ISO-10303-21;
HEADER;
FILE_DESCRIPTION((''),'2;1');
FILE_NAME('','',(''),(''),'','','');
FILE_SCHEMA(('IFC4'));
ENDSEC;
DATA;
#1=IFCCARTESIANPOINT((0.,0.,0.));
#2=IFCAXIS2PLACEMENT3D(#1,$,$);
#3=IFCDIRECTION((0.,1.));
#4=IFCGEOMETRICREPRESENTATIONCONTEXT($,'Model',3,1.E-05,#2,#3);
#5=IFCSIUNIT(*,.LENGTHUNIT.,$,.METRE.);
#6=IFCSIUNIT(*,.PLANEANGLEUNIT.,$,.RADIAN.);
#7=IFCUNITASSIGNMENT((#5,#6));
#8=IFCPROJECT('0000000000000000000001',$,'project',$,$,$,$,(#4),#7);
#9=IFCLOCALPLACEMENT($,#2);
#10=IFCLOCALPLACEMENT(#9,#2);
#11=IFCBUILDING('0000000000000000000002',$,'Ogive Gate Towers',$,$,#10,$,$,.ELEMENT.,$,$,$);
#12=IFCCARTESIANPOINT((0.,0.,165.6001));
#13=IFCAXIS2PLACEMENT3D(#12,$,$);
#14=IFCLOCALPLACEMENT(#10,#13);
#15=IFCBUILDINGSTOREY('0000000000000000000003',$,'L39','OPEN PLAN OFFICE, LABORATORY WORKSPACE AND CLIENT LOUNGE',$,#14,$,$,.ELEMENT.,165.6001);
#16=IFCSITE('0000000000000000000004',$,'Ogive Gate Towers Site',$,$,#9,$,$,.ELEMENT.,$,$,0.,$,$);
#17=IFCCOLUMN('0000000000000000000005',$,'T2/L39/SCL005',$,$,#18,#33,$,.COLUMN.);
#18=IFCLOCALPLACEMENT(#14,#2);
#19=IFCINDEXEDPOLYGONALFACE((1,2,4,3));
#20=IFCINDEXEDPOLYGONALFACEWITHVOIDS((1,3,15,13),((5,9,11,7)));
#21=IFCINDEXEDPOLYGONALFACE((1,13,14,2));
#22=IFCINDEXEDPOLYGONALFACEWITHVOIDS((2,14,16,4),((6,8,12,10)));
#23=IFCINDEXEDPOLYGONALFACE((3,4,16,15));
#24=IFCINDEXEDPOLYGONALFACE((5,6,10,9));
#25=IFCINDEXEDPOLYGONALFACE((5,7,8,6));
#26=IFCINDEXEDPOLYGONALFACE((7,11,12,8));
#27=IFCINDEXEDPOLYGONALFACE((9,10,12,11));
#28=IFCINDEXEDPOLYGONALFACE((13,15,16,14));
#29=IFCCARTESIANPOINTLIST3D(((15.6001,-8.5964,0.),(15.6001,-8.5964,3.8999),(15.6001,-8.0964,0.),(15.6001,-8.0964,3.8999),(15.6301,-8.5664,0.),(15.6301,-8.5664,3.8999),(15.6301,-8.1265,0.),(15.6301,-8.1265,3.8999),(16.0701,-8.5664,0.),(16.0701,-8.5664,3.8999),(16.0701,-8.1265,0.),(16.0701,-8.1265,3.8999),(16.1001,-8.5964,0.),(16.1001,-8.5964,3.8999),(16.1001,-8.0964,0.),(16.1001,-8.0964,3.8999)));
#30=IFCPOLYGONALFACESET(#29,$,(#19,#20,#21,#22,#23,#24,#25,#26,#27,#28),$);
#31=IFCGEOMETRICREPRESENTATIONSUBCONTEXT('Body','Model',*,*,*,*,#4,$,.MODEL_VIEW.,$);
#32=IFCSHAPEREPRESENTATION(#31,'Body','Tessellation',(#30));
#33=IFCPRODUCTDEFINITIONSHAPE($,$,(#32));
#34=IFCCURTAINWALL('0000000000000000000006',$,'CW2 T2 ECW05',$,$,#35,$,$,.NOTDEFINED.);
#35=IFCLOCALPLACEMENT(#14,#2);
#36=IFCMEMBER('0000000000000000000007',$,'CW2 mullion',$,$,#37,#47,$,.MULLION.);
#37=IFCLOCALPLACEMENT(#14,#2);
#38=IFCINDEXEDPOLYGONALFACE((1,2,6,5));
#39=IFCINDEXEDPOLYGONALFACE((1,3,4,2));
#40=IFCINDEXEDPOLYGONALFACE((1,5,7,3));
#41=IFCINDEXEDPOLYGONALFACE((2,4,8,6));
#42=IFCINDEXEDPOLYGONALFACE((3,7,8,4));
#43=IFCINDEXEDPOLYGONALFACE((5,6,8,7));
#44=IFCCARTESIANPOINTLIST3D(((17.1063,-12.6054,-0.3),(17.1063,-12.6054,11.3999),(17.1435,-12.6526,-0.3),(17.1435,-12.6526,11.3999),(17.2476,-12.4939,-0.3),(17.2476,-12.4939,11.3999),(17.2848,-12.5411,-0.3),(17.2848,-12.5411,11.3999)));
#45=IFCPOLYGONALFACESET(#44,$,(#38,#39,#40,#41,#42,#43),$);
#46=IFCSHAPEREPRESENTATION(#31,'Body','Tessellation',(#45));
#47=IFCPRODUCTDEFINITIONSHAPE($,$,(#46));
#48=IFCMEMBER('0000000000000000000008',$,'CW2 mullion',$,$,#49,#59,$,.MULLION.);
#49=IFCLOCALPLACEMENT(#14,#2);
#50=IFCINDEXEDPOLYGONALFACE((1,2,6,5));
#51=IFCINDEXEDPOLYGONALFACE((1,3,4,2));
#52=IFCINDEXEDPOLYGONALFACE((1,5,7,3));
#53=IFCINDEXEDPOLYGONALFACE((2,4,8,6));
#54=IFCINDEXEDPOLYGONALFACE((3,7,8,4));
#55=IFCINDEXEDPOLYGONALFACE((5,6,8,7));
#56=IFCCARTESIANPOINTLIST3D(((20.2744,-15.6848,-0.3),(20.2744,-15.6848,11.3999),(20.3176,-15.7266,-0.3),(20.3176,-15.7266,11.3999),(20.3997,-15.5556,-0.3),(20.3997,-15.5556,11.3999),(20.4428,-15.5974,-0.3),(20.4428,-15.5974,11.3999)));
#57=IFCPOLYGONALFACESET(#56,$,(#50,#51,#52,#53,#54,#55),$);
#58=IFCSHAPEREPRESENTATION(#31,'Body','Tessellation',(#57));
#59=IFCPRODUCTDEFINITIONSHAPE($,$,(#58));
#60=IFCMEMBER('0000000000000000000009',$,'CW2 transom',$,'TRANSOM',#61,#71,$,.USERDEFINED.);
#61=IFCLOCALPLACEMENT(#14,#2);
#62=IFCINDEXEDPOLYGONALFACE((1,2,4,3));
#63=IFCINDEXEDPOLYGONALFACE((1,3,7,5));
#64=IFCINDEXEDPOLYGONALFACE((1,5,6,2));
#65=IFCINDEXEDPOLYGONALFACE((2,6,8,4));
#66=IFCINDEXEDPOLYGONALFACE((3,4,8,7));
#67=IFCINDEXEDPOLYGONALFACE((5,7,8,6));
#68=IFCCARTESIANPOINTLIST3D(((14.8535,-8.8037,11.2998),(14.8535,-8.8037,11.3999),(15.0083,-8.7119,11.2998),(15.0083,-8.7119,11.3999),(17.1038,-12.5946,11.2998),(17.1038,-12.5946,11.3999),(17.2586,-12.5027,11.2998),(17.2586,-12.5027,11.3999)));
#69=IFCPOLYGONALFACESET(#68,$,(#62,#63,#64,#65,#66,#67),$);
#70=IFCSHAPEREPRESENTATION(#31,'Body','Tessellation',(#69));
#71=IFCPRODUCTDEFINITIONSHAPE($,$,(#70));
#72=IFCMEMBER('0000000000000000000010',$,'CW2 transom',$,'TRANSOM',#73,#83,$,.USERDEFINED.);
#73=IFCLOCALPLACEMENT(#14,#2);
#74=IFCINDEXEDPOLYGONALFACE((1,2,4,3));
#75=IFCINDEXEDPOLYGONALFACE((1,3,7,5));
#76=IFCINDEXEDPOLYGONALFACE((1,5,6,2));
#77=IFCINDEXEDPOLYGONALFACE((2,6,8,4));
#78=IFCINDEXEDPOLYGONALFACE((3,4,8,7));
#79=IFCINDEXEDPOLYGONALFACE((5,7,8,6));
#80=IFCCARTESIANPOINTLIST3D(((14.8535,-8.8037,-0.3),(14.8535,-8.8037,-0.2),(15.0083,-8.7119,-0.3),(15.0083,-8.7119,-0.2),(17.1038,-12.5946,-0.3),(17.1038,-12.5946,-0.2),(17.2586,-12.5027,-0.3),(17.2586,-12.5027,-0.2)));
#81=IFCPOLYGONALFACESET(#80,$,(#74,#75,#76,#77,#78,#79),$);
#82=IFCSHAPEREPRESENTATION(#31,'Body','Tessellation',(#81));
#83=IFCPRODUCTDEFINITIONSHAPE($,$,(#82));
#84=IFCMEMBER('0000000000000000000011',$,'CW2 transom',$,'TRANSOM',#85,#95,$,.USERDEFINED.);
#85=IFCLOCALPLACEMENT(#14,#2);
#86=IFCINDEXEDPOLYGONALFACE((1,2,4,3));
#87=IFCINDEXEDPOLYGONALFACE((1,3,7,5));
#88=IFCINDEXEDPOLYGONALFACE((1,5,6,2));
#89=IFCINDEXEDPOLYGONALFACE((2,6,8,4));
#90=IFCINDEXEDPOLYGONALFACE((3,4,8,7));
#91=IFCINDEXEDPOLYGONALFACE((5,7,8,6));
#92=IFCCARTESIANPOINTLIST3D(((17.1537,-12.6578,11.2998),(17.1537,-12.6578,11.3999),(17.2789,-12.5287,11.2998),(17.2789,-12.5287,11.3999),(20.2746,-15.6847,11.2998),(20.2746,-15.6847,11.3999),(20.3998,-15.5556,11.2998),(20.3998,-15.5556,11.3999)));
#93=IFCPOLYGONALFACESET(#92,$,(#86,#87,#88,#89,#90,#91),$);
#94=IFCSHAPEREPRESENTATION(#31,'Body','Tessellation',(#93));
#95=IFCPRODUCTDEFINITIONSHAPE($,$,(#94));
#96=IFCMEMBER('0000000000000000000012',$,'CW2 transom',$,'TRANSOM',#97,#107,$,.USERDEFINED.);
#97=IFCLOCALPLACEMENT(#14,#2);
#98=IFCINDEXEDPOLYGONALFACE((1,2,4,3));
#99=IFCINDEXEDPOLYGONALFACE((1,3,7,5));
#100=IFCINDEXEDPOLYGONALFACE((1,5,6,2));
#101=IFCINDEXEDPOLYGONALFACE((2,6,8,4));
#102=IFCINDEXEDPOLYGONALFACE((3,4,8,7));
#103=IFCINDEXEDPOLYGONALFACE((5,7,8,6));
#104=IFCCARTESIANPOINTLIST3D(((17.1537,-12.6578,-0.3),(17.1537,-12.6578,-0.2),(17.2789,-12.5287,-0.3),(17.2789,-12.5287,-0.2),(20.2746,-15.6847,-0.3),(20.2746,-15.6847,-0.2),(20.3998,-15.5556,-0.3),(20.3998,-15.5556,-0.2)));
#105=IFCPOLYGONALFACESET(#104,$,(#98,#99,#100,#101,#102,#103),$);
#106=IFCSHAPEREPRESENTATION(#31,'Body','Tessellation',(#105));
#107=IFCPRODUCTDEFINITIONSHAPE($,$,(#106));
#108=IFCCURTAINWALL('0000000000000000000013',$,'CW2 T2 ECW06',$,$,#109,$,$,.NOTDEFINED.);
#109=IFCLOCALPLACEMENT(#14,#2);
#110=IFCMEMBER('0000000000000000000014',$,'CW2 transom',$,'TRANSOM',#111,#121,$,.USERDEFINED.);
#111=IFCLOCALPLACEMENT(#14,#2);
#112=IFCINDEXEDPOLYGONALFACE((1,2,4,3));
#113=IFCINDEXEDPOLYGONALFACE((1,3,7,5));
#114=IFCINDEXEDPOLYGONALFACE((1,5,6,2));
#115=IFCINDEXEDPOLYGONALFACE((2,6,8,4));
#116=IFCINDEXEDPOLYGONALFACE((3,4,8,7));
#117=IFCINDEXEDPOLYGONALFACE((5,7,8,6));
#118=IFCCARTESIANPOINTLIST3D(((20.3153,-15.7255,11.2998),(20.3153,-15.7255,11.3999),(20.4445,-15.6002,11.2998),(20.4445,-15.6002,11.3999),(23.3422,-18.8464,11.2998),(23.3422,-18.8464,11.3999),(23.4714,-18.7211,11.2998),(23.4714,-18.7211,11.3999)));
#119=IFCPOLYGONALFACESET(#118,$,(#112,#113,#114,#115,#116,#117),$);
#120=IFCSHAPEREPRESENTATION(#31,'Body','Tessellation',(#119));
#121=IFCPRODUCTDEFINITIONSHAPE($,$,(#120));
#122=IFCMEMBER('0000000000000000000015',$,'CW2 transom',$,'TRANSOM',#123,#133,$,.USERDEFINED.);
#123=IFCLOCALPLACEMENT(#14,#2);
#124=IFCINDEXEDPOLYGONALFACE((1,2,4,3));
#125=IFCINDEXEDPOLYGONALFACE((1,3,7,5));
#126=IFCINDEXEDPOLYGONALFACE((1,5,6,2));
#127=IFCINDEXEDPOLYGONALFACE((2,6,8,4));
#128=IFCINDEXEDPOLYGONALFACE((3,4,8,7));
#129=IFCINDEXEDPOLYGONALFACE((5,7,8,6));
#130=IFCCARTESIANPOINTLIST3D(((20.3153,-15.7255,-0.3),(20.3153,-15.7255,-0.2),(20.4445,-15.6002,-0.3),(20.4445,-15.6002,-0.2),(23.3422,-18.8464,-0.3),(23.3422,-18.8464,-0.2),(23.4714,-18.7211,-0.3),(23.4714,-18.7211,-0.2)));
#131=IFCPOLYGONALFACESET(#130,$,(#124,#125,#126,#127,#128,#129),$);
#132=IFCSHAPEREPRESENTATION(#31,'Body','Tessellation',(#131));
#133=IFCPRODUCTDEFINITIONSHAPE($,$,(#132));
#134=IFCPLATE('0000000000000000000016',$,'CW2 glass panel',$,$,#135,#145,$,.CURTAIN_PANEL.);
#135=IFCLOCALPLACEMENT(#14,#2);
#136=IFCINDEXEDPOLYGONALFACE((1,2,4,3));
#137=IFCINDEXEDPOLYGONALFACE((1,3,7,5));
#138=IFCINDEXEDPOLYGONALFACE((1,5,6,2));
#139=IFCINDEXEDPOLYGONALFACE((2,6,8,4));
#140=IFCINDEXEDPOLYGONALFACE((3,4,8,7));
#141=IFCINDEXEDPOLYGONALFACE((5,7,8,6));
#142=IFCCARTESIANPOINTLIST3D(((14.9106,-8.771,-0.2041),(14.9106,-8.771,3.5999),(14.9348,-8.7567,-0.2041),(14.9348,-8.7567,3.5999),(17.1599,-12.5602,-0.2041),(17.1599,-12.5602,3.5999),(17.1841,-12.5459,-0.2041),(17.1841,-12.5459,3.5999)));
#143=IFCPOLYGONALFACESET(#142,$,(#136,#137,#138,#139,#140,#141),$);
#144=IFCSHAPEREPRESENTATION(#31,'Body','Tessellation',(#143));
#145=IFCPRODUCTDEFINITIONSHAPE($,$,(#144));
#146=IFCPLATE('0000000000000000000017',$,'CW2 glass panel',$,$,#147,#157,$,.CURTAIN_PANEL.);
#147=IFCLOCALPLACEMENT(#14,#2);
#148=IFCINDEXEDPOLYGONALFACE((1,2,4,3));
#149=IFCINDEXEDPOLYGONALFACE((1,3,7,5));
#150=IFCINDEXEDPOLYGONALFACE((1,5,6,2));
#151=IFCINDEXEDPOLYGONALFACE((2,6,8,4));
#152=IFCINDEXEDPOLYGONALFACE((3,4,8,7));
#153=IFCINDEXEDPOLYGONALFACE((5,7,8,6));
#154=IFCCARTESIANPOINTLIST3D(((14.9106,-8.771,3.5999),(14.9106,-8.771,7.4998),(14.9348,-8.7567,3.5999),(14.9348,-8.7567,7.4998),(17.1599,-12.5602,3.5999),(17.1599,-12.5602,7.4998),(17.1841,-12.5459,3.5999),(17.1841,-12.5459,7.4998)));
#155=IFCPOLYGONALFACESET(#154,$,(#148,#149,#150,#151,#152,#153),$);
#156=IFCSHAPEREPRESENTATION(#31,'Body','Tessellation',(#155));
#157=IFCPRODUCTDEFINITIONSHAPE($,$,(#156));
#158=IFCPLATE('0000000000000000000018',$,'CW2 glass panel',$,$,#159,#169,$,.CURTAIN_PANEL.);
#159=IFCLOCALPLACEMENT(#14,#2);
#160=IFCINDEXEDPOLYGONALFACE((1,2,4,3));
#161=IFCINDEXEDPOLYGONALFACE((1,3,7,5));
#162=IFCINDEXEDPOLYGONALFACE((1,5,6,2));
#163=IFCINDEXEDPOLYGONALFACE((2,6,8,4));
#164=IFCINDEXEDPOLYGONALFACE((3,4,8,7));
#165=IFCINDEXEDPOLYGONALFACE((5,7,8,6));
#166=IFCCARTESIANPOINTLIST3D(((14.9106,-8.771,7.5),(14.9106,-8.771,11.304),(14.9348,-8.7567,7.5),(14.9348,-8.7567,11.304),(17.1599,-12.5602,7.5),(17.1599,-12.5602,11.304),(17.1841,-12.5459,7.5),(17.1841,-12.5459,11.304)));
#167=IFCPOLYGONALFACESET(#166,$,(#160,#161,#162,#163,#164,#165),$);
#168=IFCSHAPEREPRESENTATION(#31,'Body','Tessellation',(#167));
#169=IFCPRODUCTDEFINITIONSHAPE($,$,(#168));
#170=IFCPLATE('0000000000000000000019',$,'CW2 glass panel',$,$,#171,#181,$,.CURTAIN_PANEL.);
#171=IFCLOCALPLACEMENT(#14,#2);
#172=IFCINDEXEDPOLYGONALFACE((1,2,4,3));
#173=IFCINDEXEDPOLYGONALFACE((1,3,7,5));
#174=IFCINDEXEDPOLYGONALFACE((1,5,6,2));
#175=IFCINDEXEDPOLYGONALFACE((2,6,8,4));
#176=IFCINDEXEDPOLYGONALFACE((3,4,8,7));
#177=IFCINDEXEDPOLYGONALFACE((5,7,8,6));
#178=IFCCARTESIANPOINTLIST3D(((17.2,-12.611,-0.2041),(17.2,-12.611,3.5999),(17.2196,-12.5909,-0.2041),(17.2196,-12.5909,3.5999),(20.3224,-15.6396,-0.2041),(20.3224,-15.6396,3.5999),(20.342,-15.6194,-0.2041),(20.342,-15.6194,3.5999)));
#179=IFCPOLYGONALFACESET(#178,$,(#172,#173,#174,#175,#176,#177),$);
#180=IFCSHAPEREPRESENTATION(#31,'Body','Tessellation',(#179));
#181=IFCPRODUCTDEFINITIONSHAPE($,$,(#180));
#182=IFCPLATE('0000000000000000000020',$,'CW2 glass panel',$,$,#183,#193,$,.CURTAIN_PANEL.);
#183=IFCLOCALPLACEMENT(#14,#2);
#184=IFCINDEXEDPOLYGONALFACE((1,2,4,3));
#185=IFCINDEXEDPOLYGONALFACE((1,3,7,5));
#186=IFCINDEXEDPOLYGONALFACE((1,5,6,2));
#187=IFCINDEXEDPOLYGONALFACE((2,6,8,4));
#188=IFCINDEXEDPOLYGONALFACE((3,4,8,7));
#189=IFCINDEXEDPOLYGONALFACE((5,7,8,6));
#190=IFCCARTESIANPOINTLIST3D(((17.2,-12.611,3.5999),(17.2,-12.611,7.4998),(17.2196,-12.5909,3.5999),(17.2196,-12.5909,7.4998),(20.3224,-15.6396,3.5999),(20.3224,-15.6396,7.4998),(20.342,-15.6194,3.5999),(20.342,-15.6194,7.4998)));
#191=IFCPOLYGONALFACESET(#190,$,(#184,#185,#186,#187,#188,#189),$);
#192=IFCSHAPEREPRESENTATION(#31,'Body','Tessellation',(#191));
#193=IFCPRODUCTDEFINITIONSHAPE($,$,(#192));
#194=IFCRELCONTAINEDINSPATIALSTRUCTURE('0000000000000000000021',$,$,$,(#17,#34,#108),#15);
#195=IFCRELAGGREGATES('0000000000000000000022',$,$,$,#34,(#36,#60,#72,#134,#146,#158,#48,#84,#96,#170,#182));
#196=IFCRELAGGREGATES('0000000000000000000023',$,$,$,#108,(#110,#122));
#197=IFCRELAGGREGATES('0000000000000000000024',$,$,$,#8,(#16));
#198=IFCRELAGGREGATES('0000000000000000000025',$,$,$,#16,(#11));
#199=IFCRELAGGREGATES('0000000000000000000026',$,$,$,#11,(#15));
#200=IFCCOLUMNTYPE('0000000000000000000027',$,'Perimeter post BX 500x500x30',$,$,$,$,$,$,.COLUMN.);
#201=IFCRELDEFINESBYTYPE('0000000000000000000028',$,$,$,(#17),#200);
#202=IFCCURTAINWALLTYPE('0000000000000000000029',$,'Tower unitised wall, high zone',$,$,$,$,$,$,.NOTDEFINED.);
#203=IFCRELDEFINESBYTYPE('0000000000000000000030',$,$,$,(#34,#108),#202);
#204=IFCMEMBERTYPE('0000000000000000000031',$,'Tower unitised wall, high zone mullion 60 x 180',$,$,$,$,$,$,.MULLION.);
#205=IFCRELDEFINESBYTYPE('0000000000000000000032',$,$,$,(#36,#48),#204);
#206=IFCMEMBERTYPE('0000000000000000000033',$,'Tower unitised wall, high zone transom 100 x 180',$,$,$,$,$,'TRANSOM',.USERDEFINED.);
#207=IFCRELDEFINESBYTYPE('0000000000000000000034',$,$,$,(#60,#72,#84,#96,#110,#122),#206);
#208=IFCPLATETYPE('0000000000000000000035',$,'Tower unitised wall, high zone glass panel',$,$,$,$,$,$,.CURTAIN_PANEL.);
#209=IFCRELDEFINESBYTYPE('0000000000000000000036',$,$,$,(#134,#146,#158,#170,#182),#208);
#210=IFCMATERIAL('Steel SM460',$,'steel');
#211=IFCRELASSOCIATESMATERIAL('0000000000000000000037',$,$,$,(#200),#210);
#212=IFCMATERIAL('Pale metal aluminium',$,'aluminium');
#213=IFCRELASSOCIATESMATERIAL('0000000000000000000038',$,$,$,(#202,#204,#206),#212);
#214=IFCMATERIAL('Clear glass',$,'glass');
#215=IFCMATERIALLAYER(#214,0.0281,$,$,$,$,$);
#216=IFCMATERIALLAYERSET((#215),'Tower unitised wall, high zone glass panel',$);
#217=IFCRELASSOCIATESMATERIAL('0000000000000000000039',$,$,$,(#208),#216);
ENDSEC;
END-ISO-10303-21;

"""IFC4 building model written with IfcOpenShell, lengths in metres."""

from ifc_helpers import new_model, si_unit, direction, frame, origin, origin_2d, place, context, subcontext, project, spatial, rectangle, hollow_rectangle, extrude, material, layer, layer_set, material_profile, profile_set, type_object, element, aggregate, save


model = new_model("IFC4")

# Units and contexts
model_context = context("Model", 3, precision=1e-05, world=origin(), true_north=direction((0.0, 1.0)))
body_context = subcontext(model_context, "Body", "Model", "MODEL_VIEW")
ifc_project = project(units=[si_unit("LENGTHUNIT", "METRE"), si_unit("PLANEANGLEUNIT", "RADIAN")], contexts=[model_context])

# Site, building, storey
site_placement = place(None, origin())
site = spatial("IfcSite", under=ifc_project, at=site_placement, Name="Ogive Gate Towers Site", CompositionType="ELEMENT", RefElevation=0.0)
building_placement = place(site_placement, origin())
building = spatial("IfcBuilding", under=site, at=building_placement, Name="Ogive Gate Towers", CompositionType="ELEMENT")
storey_placement = place(building_placement, frame((0.0, 0.0, 165.6001)))
storey = spatial("IfcBuildingStorey", under=building, at=storey_placement, Name="L39", Description="OPEN PLAN OFFICE, LABORATORY WORKSPACE AND CLIENT LOUNGE", CompositionType="ELEMENT", Elevation=165.6001)

# Column
ifc_material_1 = material(Name="Steel SM460", Category="steel")
ifc_material_profile_1 = material_profile(ifc_material_1, hollow_rectangle(XDim=0.5, YDim=0.5, WallThickness=0.03, at=origin_2d()), Name="BX 500x500x30")
ifc_profile_set_1 = profile_set([ifc_material_profile_1], Name="Steel SM460")
column_type = type_object("IfcColumnType", Name="Perimeter post BX 500x500x30", PredefinedType="COLUMN", material=ifc_profile_set_1)
column_placement = place(storey_placement, frame((15.8501, -8.3464, 0.0), z_axis=(0.0, 0.0, 1.0), x_axis=(1.0, 0.0, 0.0)))
element("IfcColumn", 1, at=column_placement, inside=storey, type_object=column_type, Name="T2/L39/SCL005", PredefinedType="COLUMN", context=body_context, shape_type="SweptSolid", body=[
    extrude(hollow_rectangle(XDim=0.5, YDim=0.5, WallThickness=0.03, at=origin_2d()), origin(), (0.0, 0.0, 1.0), 3.8999),
])

# Curtain walls, members
ifc_material_2 = material(Name="Pale metal aluminium", Category="aluminium")
curtain_wall_type = type_object("IfcCurtainWallType", Name="Tower unitised wall, high zone", PredefinedType="NOTDEFINED", material=ifc_material_2)
curtain_wall_1_placement = place(storey_placement, origin())
curtain_wall_1 = element("IfcCurtainWall", 2, at=curtain_wall_1_placement, inside=storey, type_object=curtain_wall_type, Name="CW2 T2 ECW05", PredefinedType="NOTDEFINED")
ifc_material_profile_2 = material_profile(ifc_material_2, rectangle(XDim=0.1799, YDim=0.0601, at=origin_2d()), Name="60 x 180 aluminium box")
ifc_profile_set_2 = profile_set([ifc_material_profile_2], Name="Pale metal aluminium")
member_type_1 = type_object("IfcMemberType", Name="Tower unitised wall, high zone mullion 60 x 180", PredefinedType="MULLION", material=ifc_profile_set_2)
member_1_placement = place(storey_placement, frame((17.1956, -12.5732, -0.3), z_axis=(0.0, 0.0, 1.0), x_axis=(-0.784949, -0.61956, 0.0)))
member_1 = element("IfcMember", 3, at=member_1_placement, type_object=member_type_1, Name="CW2 mullion", PredefinedType="MULLION", context=body_context, shape_type="SweptSolid", body=[
    extrude(rectangle(XDim=0.1799, YDim=0.0601, at=origin_2d()), origin(), (0.0, 0.0, 1.0), 11.7),
])
member_2_placement = place(storey_placement, frame((20.3586, -15.6411, -0.3), z_axis=(0.0, 0.0, 1.0), x_axis=(-0.696239, -0.71781, 0.0)))
member_2 = element("IfcMember", 4, at=member_2_placement, type_object=member_type_1, Name="CW2 mullion", PredefinedType="MULLION", context=body_context, shape_type="SweptSolid", body=[
    extrude(rectangle(XDim=0.1799, YDim=0.0601, at=origin_2d()), origin(), (0.0, 0.0, 1.0), 11.7),
])
ifc_material_profile_3 = material_profile(ifc_material_2, rectangle(XDim=0.1799, YDim=0.1001, at=origin_2d()), Name="100 x 180 aluminium box")
ifc_profile_set_3 = profile_set([ifc_material_profile_3], Name="Pale metal aluminium")
member_type_2 = type_object("IfcMemberType", Name="Tower unitised wall, high zone transom 100 x 180", ElementType="TRANSOM", PredefinedType="USERDEFINED", material=ifc_profile_set_3)
member_3_placement = place(storey_placement, frame((14.9309, -8.7578, 11.3499), z_axis=(0.51045, -0.859907, 0.0), x_axis=(0.859907, 0.51045, 0.0)))
member_3 = element("IfcMember", 5, at=member_3_placement, type_object=member_type_2, Name="CW2 transom", ObjectType="TRANSOM", PredefinedType="USERDEFINED", context=body_context, shape_type="SweptSolid", body=[
    extrude(rectangle(XDim=0.1799, YDim=0.1001, at=origin_2d()), origin(), (0.0, 0.0, 1.0), 4.4084),
])
member_4_placement = place(storey_placement, frame((14.9309, -8.7578, -0.25), z_axis=(0.51045, -0.859907, 0.0), x_axis=(0.859907, 0.51045, 0.0)))
member_4 = element("IfcMember", 6, at=member_4_placement, type_object=member_type_2, Name="CW2 transom", ObjectType="TRANSOM", PredefinedType="USERDEFINED", context=body_context, shape_type="SweptSolid", body=[
    extrude(rectangle(XDim=0.1799, YDim=0.1001, at=origin_2d()), origin(), (0.0, 0.0, 1.0), 4.4084),
])
member_5_placement = place(storey_placement, frame((17.2163, -12.5933, 11.3499), z_axis=(0.717834, -0.696214, 0.0), x_axis=(0.696214, 0.717834, 0.0)))
member_5 = element("IfcMember", 7, at=member_5_placement, type_object=member_type_2, Name="CW2 transom", ObjectType="TRANSOM", PredefinedType="USERDEFINED", context=body_context, shape_type="SweptSolid", body=[
    extrude(rectangle(XDim=0.1799, YDim=0.1001, at=origin_2d()), origin(), (0.0, 0.0, 1.0), 4.3477),
])
member_6_placement = place(storey_placement, frame((17.2163, -12.5933, -0.25), z_axis=(0.717834, -0.696214, 0.0), x_axis=(0.696214, 0.717834, 0.0)))
member_6 = element("IfcMember", 8, at=member_6_placement, type_object=member_type_2, Name="CW2 transom", ObjectType="TRANSOM", PredefinedType="USERDEFINED", context=body_context, shape_type="SweptSolid", body=[
    extrude(rectangle(XDim=0.1799, YDim=0.1001, at=origin_2d()), origin(), (0.0, 0.0, 1.0), 4.3477),
])
curtain_wall_2_placement = place(storey_placement, origin())
curtain_wall_2 = element("IfcCurtainWall", 9, at=curtain_wall_2_placement, inside=storey, type_object=curtain_wall_type, Name="CW2 T2 ECW06", PredefinedType="NOTDEFINED")
member_7_placement = place(storey_placement, frame((20.3799, -15.6628, 11.3499), z_axis=(0.696214, -0.717834, 0.0), x_axis=(0.717834, 0.696214, 0.0)))
member_7 = element("IfcMember", 10, at=member_7_placement, type_object=member_type_2, Name="CW2 transom", ObjectType="TRANSOM", PredefinedType="USERDEFINED", context=body_context, shape_type="SweptSolid", body=[
    extrude(rectangle(XDim=0.1799, YDim=0.1001, at=origin_2d()), origin(), (0.0, 0.0, 1.0), 4.3477),
])
member_8_placement = place(storey_placement, frame((20.3799, -15.6628, -0.25), z_axis=(0.696214, -0.717834, 0.0), x_axis=(0.717834, 0.696214, 0.0)))
member_8 = element("IfcMember", 11, at=member_8_placement, type_object=member_type_2, Name="CW2 transom", ObjectType="TRANSOM", PredefinedType="USERDEFINED", context=body_context, shape_type="SweptSolid", body=[
    extrude(rectangle(XDim=0.1799, YDim=0.1001, at=origin_2d()), origin(), (0.0, 0.0, 1.0), 4.3477),
])

# Plates
ifc_material_3 = material(Name="Clear glass", Category="glass")
ifc_layer_1 = layer(ifc_material_3, 0.0281)
ifc_layer_set_1 = layer_set([ifc_layer_1], Name="Tower unitised wall, high zone glass panel")
plate_type = type_object("IfcPlateType", Name="Tower unitised wall, high zone glass panel", PredefinedType="CURTAIN_PANEL", material=ifc_layer_set_1)
plate_1_placement = place(storey_placement, frame((16.0474, -10.6584, -0.2041), z_axis=(0.0, 0.0, 1.0), x_axis=(0.510453, -0.859906, 0.0)))
plate_1 = element("IfcPlate", 12, at=plate_1_placement, type_object=plate_type, Name="CW2 glass panel", PredefinedType="CURTAIN_PANEL", context=body_context, shape_type="SweptSolid", body=[
    extrude(rectangle(XDim=4.4065, YDim=0.0281, at=origin_2d()), origin(), (0.0, 0.0, 1.0), 3.804),
])
plate_2_placement = place(storey_placement, frame((16.0474, -10.6584, 3.5999), z_axis=(0.0, 0.0, 1.0), x_axis=(0.510453, -0.859906, 0.0)))
plate_2 = element("IfcPlate", 13, at=plate_2_placement, type_object=plate_type, Name="CW2 glass panel", PredefinedType="CURTAIN_PANEL", context=body_context, shape_type="SweptSolid", body=[
    extrude(rectangle(XDim=4.4065, YDim=0.0281, at=origin_2d()), origin(), (0.0, 0.0, 1.0), 3.8999),
])
plate_3_placement = place(storey_placement, frame((16.0474, -10.6584, 7.5), z_axis=(0.0, 0.0, 1.0), x_axis=(0.510453, -0.859906, 0.0)))
plate_3 = element("IfcPlate", 14, at=plate_3_placement, type_object=plate_type, Name="CW2 glass panel", PredefinedType="CURTAIN_PANEL", context=body_context, shape_type="SweptSolid", body=[
    extrude(rectangle(XDim=4.4065, YDim=0.0281, at=origin_2d()), origin(), (0.0, 0.0, 1.0), 3.804),
])
plate_4_placement = place(storey_placement, frame((18.771, -14.1152, -0.2041), z_axis=(0.0, 0.0, 1.0), x_axis=(0.71781, -0.696239, 0.0)))
plate_4 = element("IfcPlate", 15, at=plate_4_placement, type_object=plate_type, Name="CW2 glass panel", PredefinedType="CURTAIN_PANEL", context=body_context, shape_type="SweptSolid", body=[
    extrude(rectangle(XDim=4.3499, YDim=0.0281, at=origin_2d()), origin(), (0.0, 0.0, 1.0), 3.804),
])
plate_5_placement = place(storey_placement, frame((18.771, -14.1152, 3.5999), z_axis=(0.0, 0.0, 1.0), x_axis=(0.71781, -0.696239, 0.0)))
plate_5 = element("IfcPlate", 16, at=plate_5_placement, type_object=plate_type, Name="CW2 glass panel", PredefinedType="CURTAIN_PANEL", context=body_context, shape_type="SweptSolid", body=[
    extrude(rectangle(XDim=4.3499, YDim=0.0281, at=origin_2d()), origin(), (0.0, 0.0, 1.0), 3.8999),
])
aggregate(curtain_wall_1, [member_1, member_3, member_4, plate_1, plate_2, plate_3, member_2, member_5, member_6, plate_4, plate_5])
aggregate(curtain_wall_2, [member_7, member_8])

save(model, "model.ifc")
